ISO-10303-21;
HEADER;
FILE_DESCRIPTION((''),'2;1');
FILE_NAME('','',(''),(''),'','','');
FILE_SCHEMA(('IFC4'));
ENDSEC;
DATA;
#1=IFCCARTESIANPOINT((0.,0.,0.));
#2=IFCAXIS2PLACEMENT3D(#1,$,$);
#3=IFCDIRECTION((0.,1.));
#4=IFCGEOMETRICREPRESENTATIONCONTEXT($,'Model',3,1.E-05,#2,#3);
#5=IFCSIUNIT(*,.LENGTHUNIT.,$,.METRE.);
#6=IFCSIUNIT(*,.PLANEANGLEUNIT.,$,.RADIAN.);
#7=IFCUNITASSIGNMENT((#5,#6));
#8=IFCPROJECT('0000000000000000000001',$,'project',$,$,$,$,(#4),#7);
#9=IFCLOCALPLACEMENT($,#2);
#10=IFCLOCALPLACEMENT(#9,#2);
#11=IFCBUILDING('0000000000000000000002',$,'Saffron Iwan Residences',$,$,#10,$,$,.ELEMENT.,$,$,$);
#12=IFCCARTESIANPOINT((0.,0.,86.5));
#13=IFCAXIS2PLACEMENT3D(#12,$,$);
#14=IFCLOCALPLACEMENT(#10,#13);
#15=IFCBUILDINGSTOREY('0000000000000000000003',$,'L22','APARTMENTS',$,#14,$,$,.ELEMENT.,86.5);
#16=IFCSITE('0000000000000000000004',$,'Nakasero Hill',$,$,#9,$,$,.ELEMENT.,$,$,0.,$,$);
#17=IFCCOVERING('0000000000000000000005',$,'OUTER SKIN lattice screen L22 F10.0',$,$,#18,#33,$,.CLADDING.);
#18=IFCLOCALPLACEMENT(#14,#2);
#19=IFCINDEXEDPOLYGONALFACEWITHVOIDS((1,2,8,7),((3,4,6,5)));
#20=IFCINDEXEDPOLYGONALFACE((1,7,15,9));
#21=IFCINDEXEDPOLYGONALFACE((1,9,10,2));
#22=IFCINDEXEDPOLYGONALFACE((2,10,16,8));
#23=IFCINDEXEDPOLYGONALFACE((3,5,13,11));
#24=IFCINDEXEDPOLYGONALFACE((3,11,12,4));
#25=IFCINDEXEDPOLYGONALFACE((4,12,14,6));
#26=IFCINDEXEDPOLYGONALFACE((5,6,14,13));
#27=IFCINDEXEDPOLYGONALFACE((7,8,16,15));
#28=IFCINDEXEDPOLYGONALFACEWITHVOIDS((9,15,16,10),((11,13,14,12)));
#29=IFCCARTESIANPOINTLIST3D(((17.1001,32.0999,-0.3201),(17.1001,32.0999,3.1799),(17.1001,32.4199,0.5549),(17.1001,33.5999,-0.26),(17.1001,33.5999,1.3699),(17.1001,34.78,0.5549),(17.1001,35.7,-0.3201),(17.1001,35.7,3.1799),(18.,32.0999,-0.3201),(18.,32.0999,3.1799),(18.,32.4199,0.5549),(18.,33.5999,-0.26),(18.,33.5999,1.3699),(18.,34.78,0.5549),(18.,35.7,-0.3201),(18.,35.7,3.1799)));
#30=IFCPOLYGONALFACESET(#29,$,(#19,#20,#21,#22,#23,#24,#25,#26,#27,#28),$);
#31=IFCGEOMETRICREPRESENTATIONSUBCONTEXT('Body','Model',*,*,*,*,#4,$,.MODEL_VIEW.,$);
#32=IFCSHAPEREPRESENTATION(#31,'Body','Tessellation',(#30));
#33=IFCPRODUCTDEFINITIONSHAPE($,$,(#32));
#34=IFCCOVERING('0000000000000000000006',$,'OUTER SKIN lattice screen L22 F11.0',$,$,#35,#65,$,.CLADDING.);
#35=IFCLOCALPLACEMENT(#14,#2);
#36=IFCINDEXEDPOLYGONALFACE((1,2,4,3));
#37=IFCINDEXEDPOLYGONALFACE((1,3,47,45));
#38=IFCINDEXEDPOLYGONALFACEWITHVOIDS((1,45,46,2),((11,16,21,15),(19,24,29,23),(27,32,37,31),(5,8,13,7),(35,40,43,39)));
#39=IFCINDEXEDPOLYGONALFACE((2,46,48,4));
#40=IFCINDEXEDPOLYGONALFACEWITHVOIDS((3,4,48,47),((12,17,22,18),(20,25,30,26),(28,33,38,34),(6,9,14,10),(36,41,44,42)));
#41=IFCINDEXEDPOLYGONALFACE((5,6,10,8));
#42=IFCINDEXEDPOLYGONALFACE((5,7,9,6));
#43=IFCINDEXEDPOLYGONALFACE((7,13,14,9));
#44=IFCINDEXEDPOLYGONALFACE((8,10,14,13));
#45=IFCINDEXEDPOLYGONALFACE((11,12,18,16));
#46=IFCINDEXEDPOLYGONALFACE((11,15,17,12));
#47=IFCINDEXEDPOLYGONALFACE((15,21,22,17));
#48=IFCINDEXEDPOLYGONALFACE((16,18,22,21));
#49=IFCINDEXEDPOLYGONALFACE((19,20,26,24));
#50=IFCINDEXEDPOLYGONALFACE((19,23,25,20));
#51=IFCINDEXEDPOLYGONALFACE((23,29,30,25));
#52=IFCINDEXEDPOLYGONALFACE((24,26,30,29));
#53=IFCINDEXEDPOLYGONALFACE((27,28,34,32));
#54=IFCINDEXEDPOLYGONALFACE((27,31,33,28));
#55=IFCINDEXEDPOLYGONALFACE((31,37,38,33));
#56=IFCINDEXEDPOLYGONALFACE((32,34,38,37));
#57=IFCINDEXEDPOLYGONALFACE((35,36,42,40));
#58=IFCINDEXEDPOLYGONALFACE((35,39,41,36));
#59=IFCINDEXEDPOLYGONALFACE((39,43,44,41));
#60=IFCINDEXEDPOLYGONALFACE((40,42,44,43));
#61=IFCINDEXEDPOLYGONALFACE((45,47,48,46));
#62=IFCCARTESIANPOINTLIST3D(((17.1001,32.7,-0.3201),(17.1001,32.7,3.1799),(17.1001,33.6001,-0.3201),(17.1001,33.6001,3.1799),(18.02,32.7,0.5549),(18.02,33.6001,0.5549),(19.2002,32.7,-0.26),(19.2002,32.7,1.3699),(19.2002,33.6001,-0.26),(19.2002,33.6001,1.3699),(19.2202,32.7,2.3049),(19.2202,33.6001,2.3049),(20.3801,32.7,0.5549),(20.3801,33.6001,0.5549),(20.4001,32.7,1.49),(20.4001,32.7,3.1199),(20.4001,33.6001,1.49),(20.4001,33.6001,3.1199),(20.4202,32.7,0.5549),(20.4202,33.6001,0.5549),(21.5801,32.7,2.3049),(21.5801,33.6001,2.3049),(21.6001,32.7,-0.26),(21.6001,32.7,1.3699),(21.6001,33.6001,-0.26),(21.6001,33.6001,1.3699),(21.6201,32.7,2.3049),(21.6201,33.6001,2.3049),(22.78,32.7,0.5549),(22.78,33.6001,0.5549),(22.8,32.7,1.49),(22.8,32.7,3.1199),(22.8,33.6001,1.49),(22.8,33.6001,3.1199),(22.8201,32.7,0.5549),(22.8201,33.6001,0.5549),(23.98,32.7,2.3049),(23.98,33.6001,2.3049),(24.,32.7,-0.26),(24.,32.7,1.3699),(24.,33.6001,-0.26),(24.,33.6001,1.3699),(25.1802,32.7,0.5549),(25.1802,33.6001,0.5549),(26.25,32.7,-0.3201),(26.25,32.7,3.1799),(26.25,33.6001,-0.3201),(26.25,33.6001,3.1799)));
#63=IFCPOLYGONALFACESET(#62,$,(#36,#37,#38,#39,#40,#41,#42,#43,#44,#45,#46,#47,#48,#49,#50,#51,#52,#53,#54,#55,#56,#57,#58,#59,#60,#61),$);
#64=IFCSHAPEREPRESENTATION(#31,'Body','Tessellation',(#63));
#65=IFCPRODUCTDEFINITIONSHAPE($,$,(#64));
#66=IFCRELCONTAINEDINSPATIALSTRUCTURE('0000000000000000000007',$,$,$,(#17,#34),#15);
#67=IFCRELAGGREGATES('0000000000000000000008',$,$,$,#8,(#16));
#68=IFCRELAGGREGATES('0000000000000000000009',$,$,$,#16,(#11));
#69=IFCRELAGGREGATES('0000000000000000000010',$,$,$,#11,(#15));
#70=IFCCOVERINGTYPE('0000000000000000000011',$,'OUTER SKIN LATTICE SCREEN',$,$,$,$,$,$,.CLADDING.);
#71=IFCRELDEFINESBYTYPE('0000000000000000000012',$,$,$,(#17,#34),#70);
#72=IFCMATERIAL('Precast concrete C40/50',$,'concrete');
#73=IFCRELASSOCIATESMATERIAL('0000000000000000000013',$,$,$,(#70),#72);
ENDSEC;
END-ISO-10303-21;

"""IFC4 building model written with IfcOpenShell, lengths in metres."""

from ifc_helpers import new_model, si_unit, direction, frame, origin, place, context, subcontext, project, spatial, polyline, outline, extrude, material, type_object, element, save


model = new_model("IFC4")

# Units and contexts
model_context = context("Model", 3, precision=1e-05, world=origin(), true_north=direction((0.0, 1.0)))
body_context = subcontext(model_context, "Body", "Model", "MODEL_VIEW")
ifc_project = project(units=[si_unit("LENGTHUNIT", "METRE"), si_unit("PLANEANGLEUNIT", "RADIAN")], contexts=[model_context])

# Site, building, storey
site_placement = place(None, origin())
site = spatial("IfcSite", under=ifc_project, at=site_placement, Name="Nakasero Hill", CompositionType="ELEMENT", RefElevation=0.0)
building_placement = place(site_placement, origin())
building = spatial("IfcBuilding", under=site, at=building_placement, Name="Saffron Iwan Residences", CompositionType="ELEMENT")
storey_placement = place(building_placement, frame((0.0, 0.0, 86.5)))
storey = spatial("IfcBuildingStorey", under=building, at=storey_placement, Name="L22", Description="APARTMENTS", CompositionType="ELEMENT", Elevation=86.5)

# Coverings
ifc_material_1 = material(Name="Precast concrete C40/50", Category="concrete")
covering_type = type_object("IfcCoveringType", Name="OUTER SKIN LATTICE SCREEN", PredefinedType="CLADDING", material=ifc_material_1)
for number, where, z_axis, x_axis, name in (
    (1, (18.0, 35.7, -0.3201), (-1.0, 0.0, 0.0), (0.0, -1.0, 0.0), "OUTER SKIN lattice screen L22 F10.0"),
):
    element("IfcCovering", number, at=place(storey_placement, frame(where, z_axis=z_axis, x_axis=x_axis)), inside=storey, type_object=covering_type, Name=name, PredefinedType="CLADDING", context=body_context, shape_type="SweptSolid", body=[
        extrude(outline(polyline([(0.0, 0.0), (3.6001, 0.0), (3.6001, 3.5), (0.0, 3.5), (0.0, 0.0)]), holes=[polyline([(0.9199, 0.875), (2.1001, 0.0601), (3.28, 0.875), (2.1001, 1.6899), (0.9199, 0.875)])]), origin(), (0.0, 0.0, 1.0), 0.8999),
    ])
covering_1_placement = place(storey_placement, frame((17.1001, 33.6001, -0.3201), z_axis=(0.0, -1.0, 0.0), x_axis=(1.0, 0.0, 0.0)))
element("IfcCovering", 2, at=covering_1_placement, inside=storey, type_object=covering_type, Name="OUTER SKIN lattice screen L22 F11.0", PredefinedType="CLADDING", context=body_context, shape_type="SweptSolid", body=[
    extrude(outline(polyline([(0.0, 0.0), (9.1499, 0.0), (9.1499, 3.5), (0.0, 3.5), (0.0, 0.0)]), holes=[polyline([(0.9199, 0.875), (2.1001, 0.0601), (3.28, 0.875), (2.1001, 1.6899), (0.9199, 0.875)]), polyline([(3.3201, 0.875), (4.5, 0.0601), (5.6799, 0.875), (4.5, 1.6899), (3.3201, 0.875)]), polyline([(5.72, 0.875), (6.8999, 0.0601), (8.0801, 0.875), (6.8999, 1.6899), (5.72, 0.875)]), polyline([(2.1201, 2.625), (3.3, 1.8101), (4.48, 2.625), (3.3, 3.4399), (2.1201, 2.625)]), polyline([(4.52, 2.625), (5.7, 1.8101), (6.8799, 2.625), (5.7, 3.4399), (4.52, 2.625)])]), origin(), (0.0, 0.0, 1.0), 0.9001),
])

save(model, "model.ifc")
